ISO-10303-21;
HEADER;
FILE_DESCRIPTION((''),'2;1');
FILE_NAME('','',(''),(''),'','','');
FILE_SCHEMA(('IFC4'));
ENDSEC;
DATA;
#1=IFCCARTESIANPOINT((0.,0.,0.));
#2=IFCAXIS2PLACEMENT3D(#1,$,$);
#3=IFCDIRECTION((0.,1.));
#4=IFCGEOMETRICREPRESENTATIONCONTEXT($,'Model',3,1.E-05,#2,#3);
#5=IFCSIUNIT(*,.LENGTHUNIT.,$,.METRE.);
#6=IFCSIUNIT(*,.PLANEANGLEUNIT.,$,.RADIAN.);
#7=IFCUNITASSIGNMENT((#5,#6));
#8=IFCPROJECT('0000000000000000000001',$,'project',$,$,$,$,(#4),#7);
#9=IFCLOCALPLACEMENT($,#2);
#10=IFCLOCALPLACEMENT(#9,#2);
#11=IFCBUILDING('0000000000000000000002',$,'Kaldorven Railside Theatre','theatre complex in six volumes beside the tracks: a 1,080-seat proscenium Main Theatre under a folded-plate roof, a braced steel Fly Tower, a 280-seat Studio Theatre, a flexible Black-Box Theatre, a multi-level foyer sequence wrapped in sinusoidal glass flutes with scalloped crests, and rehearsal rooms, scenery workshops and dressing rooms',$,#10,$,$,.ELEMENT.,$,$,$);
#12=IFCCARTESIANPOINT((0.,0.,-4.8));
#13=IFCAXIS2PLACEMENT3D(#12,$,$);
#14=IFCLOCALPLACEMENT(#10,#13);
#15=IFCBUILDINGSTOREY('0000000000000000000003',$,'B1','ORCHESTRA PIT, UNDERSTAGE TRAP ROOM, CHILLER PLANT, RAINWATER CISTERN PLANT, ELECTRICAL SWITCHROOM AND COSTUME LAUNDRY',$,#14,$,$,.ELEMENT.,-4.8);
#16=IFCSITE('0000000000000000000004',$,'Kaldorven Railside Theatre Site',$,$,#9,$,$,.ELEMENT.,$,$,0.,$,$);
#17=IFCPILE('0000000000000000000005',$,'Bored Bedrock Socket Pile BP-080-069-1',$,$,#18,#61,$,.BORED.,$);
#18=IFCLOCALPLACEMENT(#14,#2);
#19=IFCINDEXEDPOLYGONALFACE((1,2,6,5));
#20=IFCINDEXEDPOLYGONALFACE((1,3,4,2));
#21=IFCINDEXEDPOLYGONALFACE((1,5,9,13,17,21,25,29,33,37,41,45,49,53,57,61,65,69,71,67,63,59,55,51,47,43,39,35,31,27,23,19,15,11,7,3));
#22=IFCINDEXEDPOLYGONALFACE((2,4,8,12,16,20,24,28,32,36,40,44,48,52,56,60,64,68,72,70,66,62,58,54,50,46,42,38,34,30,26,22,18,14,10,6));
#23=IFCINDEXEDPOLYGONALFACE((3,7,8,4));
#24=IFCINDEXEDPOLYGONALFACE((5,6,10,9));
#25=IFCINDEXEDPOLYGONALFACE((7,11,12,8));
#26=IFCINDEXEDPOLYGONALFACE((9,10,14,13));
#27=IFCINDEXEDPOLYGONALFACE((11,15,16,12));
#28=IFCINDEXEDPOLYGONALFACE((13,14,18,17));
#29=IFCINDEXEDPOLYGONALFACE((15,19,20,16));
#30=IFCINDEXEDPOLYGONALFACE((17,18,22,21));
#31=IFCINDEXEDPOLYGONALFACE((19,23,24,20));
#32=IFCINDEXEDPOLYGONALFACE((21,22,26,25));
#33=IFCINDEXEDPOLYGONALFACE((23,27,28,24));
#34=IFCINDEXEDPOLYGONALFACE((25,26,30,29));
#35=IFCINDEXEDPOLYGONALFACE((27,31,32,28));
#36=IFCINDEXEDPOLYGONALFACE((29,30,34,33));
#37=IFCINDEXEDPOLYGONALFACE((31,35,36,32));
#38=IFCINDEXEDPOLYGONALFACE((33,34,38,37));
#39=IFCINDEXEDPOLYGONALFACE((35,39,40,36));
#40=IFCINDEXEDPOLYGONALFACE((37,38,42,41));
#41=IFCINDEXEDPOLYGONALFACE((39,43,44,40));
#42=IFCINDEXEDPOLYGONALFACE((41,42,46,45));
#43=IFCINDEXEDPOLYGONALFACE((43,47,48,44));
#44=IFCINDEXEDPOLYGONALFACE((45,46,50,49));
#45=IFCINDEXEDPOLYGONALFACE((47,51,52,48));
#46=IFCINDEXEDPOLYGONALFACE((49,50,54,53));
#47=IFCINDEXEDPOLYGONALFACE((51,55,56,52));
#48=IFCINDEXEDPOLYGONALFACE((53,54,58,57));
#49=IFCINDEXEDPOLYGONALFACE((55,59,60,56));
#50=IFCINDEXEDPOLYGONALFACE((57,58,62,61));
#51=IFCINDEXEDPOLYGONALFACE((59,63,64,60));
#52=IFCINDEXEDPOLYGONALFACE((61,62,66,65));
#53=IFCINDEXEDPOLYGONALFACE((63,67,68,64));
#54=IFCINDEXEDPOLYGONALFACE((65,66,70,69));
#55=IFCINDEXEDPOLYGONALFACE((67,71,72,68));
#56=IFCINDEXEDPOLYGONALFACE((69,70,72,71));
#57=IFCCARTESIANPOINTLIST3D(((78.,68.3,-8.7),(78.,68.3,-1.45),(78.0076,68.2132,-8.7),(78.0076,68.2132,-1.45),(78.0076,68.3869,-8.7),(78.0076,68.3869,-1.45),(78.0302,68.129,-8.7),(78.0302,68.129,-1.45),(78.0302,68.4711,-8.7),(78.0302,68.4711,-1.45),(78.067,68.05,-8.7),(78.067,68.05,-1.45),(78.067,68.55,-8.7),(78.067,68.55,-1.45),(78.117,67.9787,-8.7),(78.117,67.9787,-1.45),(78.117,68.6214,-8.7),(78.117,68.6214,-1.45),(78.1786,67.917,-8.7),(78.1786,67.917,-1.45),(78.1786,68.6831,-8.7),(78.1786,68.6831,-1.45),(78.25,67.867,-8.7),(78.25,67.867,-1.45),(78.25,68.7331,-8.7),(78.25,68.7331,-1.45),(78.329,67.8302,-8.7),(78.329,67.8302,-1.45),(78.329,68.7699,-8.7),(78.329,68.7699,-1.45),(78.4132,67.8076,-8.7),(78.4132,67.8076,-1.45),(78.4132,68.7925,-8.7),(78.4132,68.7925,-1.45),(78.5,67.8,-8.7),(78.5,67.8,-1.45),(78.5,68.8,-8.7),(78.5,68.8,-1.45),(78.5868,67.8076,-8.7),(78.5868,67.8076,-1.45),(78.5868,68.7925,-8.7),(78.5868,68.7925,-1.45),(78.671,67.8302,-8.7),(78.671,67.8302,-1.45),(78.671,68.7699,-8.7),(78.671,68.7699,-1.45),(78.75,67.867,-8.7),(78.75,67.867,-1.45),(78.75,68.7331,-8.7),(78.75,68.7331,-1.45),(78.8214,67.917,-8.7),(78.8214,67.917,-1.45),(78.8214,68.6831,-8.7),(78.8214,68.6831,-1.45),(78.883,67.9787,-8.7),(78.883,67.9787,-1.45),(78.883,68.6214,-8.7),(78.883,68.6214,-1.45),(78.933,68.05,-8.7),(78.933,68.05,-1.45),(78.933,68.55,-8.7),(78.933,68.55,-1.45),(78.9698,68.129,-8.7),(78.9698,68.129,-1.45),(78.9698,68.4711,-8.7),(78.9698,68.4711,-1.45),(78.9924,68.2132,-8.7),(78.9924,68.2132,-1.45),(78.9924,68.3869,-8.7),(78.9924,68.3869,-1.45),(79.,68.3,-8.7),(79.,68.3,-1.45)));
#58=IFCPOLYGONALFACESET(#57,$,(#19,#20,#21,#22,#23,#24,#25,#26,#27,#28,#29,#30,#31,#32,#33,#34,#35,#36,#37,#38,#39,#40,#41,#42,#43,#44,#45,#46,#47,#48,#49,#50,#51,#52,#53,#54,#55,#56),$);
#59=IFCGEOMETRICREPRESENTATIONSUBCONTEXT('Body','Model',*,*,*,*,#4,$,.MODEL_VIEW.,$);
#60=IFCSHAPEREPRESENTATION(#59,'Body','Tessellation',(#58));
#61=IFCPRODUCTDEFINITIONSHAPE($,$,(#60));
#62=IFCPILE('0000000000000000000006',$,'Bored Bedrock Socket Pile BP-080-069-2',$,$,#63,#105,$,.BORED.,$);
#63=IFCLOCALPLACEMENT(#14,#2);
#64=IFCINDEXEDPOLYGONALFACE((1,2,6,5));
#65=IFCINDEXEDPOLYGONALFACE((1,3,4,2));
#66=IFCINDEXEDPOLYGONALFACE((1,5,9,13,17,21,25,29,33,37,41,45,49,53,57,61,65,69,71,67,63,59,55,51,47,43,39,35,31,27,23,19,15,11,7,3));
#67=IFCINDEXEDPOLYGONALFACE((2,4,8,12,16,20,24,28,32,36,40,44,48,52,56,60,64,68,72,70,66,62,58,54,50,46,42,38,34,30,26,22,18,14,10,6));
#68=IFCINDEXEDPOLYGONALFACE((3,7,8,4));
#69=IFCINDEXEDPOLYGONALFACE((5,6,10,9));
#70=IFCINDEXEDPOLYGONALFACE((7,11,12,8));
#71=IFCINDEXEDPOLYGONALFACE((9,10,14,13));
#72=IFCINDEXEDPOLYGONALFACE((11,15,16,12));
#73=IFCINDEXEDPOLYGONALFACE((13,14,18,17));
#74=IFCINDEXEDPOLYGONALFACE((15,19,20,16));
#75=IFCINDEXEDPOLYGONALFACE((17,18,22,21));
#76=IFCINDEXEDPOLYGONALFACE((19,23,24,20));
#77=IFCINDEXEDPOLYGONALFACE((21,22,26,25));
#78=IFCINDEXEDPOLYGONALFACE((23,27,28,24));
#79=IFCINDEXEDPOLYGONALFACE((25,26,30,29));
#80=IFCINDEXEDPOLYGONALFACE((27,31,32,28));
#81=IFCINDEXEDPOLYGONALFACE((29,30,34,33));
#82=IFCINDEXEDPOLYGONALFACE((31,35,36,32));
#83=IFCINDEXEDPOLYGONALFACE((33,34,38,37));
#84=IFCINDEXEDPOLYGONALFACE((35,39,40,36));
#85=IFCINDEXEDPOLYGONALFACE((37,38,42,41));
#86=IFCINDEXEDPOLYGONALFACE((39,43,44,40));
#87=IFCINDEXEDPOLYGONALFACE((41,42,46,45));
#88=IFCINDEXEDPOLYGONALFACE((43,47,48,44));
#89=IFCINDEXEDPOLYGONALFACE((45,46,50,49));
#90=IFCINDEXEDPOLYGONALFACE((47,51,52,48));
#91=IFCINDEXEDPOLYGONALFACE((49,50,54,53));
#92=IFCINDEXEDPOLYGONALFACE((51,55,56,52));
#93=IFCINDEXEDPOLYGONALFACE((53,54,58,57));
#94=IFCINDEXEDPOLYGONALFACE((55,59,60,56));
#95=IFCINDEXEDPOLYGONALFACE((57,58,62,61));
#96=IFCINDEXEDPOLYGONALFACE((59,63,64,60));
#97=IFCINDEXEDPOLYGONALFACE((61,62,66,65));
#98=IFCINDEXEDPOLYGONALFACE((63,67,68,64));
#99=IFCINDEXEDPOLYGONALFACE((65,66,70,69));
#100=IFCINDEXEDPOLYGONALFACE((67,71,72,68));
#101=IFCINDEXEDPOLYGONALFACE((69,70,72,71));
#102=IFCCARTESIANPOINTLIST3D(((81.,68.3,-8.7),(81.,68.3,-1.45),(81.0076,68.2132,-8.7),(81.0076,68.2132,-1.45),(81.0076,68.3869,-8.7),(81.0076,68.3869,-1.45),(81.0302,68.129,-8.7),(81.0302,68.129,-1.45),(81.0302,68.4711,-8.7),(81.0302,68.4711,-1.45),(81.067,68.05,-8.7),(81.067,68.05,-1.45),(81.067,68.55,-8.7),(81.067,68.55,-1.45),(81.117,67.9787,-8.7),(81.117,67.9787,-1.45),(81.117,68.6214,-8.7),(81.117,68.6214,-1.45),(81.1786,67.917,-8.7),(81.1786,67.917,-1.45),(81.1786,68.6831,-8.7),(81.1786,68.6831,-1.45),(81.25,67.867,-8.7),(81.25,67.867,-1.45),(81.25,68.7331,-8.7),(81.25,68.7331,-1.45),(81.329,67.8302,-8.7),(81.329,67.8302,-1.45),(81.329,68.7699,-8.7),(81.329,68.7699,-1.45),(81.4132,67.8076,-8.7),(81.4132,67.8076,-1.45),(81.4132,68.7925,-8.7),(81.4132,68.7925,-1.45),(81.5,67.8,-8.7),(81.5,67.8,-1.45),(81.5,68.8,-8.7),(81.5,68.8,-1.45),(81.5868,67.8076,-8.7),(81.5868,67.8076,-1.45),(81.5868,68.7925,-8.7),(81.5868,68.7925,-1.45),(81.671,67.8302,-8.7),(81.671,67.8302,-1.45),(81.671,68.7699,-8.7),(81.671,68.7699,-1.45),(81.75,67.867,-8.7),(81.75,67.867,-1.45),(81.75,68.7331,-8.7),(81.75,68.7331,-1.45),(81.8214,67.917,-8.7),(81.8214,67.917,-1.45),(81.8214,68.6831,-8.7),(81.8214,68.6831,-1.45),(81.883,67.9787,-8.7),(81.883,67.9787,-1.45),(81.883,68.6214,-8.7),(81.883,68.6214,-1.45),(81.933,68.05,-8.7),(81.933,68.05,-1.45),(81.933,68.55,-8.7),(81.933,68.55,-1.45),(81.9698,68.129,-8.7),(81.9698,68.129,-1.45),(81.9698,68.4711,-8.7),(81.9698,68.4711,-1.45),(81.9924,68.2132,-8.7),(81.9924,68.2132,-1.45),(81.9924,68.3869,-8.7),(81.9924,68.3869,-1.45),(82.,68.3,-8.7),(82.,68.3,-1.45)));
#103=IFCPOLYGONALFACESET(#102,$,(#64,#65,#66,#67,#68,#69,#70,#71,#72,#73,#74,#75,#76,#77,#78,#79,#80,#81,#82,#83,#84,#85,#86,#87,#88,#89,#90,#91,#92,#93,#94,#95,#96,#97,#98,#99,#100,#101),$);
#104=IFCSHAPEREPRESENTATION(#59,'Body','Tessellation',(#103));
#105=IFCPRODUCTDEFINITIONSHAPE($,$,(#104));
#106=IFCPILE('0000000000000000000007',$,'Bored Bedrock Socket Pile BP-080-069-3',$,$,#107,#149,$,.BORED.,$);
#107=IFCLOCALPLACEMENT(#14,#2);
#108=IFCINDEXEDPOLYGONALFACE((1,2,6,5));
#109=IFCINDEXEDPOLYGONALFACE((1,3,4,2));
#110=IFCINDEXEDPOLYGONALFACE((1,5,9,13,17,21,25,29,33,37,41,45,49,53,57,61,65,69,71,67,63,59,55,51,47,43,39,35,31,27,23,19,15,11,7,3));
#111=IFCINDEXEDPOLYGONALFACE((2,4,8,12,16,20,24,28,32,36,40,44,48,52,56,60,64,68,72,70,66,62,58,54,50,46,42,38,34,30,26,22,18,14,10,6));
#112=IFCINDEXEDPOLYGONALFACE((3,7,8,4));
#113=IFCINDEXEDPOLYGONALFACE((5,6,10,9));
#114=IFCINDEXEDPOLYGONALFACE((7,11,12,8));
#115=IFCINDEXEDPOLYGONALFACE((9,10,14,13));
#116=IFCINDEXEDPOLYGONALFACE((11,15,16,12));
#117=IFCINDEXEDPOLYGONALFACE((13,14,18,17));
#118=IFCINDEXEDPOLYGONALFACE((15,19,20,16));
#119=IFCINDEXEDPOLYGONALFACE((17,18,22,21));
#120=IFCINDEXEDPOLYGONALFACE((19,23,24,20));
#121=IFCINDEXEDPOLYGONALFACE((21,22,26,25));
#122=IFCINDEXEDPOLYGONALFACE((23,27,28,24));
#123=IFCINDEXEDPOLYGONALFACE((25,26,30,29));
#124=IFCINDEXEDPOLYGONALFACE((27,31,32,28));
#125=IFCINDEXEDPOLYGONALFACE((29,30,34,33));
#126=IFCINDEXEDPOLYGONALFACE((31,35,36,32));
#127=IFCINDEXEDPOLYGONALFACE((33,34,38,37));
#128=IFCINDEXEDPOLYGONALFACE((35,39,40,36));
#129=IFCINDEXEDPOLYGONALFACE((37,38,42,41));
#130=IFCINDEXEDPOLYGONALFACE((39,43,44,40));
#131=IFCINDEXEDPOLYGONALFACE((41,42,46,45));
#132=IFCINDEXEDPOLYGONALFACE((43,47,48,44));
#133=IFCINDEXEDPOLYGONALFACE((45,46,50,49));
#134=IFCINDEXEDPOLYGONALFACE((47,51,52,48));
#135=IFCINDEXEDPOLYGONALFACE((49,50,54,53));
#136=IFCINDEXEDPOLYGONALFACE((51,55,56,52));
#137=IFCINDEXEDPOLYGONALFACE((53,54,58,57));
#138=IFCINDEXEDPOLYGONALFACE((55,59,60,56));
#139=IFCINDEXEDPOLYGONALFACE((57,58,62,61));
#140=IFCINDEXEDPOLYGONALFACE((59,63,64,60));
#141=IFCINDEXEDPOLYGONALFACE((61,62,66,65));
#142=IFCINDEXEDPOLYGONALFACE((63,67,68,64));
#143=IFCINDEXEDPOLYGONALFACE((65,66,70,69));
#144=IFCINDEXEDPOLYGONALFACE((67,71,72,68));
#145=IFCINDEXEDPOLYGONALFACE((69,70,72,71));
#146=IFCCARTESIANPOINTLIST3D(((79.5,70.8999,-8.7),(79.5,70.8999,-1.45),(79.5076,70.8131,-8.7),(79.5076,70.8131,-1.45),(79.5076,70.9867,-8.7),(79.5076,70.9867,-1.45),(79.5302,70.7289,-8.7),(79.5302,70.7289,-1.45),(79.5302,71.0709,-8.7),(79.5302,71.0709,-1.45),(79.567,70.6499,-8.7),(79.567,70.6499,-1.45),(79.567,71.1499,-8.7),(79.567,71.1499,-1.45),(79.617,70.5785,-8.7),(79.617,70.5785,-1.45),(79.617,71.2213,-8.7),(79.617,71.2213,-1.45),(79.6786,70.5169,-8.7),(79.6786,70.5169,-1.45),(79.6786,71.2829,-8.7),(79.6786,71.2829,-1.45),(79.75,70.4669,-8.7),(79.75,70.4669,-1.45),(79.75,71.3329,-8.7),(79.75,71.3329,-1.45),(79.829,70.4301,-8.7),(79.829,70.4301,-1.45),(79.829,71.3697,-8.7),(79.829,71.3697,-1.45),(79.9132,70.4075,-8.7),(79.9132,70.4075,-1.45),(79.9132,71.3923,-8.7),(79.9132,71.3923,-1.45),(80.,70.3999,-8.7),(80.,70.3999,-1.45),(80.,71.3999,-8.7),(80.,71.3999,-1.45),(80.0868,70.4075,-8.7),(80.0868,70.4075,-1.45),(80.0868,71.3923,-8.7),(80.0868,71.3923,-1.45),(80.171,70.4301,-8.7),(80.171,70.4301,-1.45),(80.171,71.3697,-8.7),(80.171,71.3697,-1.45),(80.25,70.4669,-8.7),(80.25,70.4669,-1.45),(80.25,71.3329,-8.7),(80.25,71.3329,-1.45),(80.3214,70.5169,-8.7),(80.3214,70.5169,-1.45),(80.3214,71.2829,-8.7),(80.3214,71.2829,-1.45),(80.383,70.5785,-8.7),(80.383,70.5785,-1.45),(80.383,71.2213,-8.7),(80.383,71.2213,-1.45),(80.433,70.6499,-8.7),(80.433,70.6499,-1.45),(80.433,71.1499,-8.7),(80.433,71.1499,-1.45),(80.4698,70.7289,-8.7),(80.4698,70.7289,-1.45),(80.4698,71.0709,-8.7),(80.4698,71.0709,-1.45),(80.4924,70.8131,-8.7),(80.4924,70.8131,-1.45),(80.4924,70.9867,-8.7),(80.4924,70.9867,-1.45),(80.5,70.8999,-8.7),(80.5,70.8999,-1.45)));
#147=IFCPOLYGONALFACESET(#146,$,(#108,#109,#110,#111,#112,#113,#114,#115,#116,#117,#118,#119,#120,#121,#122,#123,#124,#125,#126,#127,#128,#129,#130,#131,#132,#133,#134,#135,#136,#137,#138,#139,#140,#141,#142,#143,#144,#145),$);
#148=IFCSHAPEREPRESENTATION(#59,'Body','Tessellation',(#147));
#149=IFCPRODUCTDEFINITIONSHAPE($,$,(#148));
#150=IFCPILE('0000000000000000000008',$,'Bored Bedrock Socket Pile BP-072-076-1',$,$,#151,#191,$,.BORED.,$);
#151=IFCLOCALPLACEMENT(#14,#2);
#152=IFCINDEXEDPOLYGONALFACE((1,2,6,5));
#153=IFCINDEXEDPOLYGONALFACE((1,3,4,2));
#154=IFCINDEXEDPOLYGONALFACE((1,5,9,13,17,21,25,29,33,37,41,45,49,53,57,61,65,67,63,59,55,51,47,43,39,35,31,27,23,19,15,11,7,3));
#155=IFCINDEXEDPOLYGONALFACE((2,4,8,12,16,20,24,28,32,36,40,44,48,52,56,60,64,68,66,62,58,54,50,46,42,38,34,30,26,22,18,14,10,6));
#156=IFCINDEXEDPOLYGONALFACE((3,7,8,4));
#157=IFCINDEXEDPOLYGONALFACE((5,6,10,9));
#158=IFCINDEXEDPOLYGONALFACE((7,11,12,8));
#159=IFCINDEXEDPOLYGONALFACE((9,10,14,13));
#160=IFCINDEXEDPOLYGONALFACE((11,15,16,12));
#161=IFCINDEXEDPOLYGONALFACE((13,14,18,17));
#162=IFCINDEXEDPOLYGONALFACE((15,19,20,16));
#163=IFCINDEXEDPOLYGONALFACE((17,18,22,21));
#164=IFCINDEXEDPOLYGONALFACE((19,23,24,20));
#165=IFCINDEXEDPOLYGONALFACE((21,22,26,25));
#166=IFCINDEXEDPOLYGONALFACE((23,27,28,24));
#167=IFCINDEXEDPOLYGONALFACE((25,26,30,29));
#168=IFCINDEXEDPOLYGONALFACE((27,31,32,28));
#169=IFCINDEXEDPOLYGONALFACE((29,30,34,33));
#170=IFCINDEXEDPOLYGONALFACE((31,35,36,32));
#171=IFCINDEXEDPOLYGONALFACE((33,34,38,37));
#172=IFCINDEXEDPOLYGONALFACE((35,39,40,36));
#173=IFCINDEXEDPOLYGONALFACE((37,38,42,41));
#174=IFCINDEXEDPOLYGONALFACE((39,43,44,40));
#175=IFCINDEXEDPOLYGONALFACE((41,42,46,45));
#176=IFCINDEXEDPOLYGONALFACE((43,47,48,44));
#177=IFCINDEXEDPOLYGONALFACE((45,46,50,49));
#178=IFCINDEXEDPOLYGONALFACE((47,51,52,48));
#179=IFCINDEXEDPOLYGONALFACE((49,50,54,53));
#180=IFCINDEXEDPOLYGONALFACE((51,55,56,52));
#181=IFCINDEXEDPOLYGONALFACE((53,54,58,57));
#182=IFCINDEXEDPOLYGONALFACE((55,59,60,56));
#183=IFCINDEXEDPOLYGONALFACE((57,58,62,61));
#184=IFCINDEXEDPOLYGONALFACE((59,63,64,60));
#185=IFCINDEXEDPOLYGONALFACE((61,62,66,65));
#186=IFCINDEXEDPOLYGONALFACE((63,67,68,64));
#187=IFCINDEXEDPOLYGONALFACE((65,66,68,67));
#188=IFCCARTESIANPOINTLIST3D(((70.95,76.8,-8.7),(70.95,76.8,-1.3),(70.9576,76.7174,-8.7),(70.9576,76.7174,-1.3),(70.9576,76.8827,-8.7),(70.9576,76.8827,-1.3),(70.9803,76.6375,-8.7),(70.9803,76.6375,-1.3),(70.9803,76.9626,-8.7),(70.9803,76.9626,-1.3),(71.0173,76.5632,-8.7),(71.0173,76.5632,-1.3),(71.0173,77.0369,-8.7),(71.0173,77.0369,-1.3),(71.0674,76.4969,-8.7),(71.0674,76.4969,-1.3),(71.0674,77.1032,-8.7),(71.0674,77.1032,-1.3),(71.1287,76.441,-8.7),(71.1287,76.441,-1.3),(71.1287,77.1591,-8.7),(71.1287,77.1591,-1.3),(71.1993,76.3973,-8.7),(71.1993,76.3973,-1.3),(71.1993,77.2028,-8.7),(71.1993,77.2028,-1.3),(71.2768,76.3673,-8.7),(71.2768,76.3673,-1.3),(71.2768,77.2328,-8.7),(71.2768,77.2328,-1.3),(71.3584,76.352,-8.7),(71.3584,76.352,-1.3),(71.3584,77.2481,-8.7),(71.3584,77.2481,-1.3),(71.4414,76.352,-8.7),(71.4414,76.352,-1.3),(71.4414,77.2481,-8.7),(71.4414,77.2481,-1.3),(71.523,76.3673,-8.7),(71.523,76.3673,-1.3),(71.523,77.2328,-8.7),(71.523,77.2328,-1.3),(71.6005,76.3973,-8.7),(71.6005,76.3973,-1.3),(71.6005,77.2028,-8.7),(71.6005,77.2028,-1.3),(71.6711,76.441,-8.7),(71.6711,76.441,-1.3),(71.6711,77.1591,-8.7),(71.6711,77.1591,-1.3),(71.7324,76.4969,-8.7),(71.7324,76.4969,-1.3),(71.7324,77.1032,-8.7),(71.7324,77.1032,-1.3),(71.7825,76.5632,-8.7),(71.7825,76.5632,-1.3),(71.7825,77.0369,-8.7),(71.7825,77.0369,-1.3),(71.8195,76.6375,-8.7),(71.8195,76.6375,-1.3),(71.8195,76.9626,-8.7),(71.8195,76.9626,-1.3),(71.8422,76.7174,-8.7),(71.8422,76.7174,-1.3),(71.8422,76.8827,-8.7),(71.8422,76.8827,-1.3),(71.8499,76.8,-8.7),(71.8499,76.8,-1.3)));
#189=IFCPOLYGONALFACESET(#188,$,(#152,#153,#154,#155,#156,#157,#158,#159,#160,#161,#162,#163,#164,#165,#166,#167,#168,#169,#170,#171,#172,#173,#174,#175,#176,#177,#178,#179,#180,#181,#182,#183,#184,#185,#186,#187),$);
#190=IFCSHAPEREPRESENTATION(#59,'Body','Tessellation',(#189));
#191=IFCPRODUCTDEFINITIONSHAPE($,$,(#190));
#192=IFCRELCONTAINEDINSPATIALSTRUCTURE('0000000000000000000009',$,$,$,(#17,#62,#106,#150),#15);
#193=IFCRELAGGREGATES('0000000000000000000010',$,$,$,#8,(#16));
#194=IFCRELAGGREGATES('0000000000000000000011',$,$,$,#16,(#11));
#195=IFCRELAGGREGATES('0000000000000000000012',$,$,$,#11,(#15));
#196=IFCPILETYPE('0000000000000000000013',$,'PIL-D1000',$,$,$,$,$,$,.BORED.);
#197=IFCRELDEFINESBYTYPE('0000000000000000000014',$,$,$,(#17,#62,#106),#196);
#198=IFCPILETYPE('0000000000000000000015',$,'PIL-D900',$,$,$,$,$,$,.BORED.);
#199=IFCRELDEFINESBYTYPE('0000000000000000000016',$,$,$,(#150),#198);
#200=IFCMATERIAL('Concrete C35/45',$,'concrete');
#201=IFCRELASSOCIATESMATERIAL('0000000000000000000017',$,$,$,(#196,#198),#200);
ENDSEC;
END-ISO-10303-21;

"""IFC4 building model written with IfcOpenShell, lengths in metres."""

from ifc_helpers import new_model, si_unit, direction, frame, origin, origin_2d, place, context, subcontext, project, spatial, circle, extrude, material, material_profile, profile_set, type_object, element, save


model = new_model("IFC4")

# Units and contexts
model_context = context("Model", 3, precision=1e-05, world=origin(), true_north=direction((0.0, 1.0)))
body_context = subcontext(model_context, "Body", "Model", "MODEL_VIEW")
ifc_project = project(units=[si_unit("LENGTHUNIT", "METRE"), si_unit("PLANEANGLEUNIT", "RADIAN")], contexts=[model_context])

# Site, building, storey
site_placement = place(None, origin())
site = spatial("IfcSite", under=ifc_project, at=site_placement, Name="Kaldorven Railside Theatre Site", CompositionType="ELEMENT", RefElevation=0.0)
building_placement = place(site_placement, origin())
building = spatial("IfcBuilding", under=site, at=building_placement, Name="Kaldorven Railside Theatre", Description="theatre complex in six volumes beside the tracks: a 1,080-seat proscenium Main Theatre under a folded-plate roof, a braced steel Fly Tower, a 280-seat Studio Theatre, a flexible Black-Box Theatre, a multi-level foyer sequence wrapped in sinusoidal glass flutes with scalloped crests, and rehearsal rooms, scenery workshops and dressing rooms", CompositionType="ELEMENT")
storey_placement = place(building_placement, frame((0.0, 0.0, -4.8)))
storey = spatial("IfcBuildingStorey", under=building, at=storey_placement, Name="B1", Description="ORCHESTRA PIT, UNDERSTAGE TRAP ROOM, CHILLER PLANT, RAINWATER CISTERN PLANT, ELECTRICAL SWITCHROOM AND COSTUME LAUNDRY", CompositionType="ELEMENT", Elevation=-4.8)

# Piles
ifc_material_1 = material(Name="Concrete C35/45", Category="concrete")
ifc_material_profile_1 = material_profile(ifc_material_1, circle(Radius=0.5, at=origin_2d()), Name="BP D1000")
ifc_profile_set_1 = profile_set([ifc_material_profile_1], Name="Concrete C35/45")
pile_type_1 = type_object("IfcPileType", Name="PIL-D1000", PredefinedType="BORED", material=ifc_profile_set_1)
for number, where, z_axis, x_axis, name in (
    (1, (78.5, 68.3, -1.45), (0.0, 0.0, -1.0), (1.0, 0.0, 0.0), "Bored Bedrock Socket Pile BP-080-069-1"),
    (2, (81.5, 68.3, -1.45), (0.0, 0.0, -1.0), (1.0, 0.0, 0.0), "Bored Bedrock Socket Pile BP-080-069-2"),
    (3, (80.0, 70.8999, -1.45), (0.0, 0.0, -1.0), (1.0, 0.0, 0.0), "Bored Bedrock Socket Pile BP-080-069-3"),
):
    element("IfcPile", number, at=place(storey_placement, frame(where, z_axis=z_axis, x_axis=x_axis)), inside=storey, type_object=pile_type_1, Name=name, PredefinedType="BORED", context=body_context, shape_type="SweptSolid", body=[
        extrude(circle(Radius=0.5, at=origin_2d()), origin(), (0.0, 0.0, 1.0), 7.25),
    ])
ifc_material_profile_2 = material_profile(ifc_material_1, circle(Radius=0.45, at=origin_2d()), Name="BP D900")
ifc_profile_set_2 = profile_set([ifc_material_profile_2], Name="Concrete C35/45")
pile_type_2 = type_object("IfcPileType", Name="PIL-D900", PredefinedType="BORED", material=ifc_profile_set_2)
for number, where, z_axis, x_axis, name in (
    (4, (71.3999, 76.8, -1.3), (0.0, 0.0, -1.0), (1.0, 0.0, 0.0), "Bored Bedrock Socket Pile BP-072-076-1"),
):
    element("IfcPile", number, at=place(storey_placement, frame(where, z_axis=z_axis, x_axis=x_axis)), inside=storey, type_object=pile_type_2, Name=name, PredefinedType="BORED", context=body_context, shape_type="SweptSolid", body=[
        extrude(circle(Radius=0.45, at=origin_2d()), origin(), (0.0, 0.0, 1.0), 7.3999),
    ])

save(model, "model.ifc")
